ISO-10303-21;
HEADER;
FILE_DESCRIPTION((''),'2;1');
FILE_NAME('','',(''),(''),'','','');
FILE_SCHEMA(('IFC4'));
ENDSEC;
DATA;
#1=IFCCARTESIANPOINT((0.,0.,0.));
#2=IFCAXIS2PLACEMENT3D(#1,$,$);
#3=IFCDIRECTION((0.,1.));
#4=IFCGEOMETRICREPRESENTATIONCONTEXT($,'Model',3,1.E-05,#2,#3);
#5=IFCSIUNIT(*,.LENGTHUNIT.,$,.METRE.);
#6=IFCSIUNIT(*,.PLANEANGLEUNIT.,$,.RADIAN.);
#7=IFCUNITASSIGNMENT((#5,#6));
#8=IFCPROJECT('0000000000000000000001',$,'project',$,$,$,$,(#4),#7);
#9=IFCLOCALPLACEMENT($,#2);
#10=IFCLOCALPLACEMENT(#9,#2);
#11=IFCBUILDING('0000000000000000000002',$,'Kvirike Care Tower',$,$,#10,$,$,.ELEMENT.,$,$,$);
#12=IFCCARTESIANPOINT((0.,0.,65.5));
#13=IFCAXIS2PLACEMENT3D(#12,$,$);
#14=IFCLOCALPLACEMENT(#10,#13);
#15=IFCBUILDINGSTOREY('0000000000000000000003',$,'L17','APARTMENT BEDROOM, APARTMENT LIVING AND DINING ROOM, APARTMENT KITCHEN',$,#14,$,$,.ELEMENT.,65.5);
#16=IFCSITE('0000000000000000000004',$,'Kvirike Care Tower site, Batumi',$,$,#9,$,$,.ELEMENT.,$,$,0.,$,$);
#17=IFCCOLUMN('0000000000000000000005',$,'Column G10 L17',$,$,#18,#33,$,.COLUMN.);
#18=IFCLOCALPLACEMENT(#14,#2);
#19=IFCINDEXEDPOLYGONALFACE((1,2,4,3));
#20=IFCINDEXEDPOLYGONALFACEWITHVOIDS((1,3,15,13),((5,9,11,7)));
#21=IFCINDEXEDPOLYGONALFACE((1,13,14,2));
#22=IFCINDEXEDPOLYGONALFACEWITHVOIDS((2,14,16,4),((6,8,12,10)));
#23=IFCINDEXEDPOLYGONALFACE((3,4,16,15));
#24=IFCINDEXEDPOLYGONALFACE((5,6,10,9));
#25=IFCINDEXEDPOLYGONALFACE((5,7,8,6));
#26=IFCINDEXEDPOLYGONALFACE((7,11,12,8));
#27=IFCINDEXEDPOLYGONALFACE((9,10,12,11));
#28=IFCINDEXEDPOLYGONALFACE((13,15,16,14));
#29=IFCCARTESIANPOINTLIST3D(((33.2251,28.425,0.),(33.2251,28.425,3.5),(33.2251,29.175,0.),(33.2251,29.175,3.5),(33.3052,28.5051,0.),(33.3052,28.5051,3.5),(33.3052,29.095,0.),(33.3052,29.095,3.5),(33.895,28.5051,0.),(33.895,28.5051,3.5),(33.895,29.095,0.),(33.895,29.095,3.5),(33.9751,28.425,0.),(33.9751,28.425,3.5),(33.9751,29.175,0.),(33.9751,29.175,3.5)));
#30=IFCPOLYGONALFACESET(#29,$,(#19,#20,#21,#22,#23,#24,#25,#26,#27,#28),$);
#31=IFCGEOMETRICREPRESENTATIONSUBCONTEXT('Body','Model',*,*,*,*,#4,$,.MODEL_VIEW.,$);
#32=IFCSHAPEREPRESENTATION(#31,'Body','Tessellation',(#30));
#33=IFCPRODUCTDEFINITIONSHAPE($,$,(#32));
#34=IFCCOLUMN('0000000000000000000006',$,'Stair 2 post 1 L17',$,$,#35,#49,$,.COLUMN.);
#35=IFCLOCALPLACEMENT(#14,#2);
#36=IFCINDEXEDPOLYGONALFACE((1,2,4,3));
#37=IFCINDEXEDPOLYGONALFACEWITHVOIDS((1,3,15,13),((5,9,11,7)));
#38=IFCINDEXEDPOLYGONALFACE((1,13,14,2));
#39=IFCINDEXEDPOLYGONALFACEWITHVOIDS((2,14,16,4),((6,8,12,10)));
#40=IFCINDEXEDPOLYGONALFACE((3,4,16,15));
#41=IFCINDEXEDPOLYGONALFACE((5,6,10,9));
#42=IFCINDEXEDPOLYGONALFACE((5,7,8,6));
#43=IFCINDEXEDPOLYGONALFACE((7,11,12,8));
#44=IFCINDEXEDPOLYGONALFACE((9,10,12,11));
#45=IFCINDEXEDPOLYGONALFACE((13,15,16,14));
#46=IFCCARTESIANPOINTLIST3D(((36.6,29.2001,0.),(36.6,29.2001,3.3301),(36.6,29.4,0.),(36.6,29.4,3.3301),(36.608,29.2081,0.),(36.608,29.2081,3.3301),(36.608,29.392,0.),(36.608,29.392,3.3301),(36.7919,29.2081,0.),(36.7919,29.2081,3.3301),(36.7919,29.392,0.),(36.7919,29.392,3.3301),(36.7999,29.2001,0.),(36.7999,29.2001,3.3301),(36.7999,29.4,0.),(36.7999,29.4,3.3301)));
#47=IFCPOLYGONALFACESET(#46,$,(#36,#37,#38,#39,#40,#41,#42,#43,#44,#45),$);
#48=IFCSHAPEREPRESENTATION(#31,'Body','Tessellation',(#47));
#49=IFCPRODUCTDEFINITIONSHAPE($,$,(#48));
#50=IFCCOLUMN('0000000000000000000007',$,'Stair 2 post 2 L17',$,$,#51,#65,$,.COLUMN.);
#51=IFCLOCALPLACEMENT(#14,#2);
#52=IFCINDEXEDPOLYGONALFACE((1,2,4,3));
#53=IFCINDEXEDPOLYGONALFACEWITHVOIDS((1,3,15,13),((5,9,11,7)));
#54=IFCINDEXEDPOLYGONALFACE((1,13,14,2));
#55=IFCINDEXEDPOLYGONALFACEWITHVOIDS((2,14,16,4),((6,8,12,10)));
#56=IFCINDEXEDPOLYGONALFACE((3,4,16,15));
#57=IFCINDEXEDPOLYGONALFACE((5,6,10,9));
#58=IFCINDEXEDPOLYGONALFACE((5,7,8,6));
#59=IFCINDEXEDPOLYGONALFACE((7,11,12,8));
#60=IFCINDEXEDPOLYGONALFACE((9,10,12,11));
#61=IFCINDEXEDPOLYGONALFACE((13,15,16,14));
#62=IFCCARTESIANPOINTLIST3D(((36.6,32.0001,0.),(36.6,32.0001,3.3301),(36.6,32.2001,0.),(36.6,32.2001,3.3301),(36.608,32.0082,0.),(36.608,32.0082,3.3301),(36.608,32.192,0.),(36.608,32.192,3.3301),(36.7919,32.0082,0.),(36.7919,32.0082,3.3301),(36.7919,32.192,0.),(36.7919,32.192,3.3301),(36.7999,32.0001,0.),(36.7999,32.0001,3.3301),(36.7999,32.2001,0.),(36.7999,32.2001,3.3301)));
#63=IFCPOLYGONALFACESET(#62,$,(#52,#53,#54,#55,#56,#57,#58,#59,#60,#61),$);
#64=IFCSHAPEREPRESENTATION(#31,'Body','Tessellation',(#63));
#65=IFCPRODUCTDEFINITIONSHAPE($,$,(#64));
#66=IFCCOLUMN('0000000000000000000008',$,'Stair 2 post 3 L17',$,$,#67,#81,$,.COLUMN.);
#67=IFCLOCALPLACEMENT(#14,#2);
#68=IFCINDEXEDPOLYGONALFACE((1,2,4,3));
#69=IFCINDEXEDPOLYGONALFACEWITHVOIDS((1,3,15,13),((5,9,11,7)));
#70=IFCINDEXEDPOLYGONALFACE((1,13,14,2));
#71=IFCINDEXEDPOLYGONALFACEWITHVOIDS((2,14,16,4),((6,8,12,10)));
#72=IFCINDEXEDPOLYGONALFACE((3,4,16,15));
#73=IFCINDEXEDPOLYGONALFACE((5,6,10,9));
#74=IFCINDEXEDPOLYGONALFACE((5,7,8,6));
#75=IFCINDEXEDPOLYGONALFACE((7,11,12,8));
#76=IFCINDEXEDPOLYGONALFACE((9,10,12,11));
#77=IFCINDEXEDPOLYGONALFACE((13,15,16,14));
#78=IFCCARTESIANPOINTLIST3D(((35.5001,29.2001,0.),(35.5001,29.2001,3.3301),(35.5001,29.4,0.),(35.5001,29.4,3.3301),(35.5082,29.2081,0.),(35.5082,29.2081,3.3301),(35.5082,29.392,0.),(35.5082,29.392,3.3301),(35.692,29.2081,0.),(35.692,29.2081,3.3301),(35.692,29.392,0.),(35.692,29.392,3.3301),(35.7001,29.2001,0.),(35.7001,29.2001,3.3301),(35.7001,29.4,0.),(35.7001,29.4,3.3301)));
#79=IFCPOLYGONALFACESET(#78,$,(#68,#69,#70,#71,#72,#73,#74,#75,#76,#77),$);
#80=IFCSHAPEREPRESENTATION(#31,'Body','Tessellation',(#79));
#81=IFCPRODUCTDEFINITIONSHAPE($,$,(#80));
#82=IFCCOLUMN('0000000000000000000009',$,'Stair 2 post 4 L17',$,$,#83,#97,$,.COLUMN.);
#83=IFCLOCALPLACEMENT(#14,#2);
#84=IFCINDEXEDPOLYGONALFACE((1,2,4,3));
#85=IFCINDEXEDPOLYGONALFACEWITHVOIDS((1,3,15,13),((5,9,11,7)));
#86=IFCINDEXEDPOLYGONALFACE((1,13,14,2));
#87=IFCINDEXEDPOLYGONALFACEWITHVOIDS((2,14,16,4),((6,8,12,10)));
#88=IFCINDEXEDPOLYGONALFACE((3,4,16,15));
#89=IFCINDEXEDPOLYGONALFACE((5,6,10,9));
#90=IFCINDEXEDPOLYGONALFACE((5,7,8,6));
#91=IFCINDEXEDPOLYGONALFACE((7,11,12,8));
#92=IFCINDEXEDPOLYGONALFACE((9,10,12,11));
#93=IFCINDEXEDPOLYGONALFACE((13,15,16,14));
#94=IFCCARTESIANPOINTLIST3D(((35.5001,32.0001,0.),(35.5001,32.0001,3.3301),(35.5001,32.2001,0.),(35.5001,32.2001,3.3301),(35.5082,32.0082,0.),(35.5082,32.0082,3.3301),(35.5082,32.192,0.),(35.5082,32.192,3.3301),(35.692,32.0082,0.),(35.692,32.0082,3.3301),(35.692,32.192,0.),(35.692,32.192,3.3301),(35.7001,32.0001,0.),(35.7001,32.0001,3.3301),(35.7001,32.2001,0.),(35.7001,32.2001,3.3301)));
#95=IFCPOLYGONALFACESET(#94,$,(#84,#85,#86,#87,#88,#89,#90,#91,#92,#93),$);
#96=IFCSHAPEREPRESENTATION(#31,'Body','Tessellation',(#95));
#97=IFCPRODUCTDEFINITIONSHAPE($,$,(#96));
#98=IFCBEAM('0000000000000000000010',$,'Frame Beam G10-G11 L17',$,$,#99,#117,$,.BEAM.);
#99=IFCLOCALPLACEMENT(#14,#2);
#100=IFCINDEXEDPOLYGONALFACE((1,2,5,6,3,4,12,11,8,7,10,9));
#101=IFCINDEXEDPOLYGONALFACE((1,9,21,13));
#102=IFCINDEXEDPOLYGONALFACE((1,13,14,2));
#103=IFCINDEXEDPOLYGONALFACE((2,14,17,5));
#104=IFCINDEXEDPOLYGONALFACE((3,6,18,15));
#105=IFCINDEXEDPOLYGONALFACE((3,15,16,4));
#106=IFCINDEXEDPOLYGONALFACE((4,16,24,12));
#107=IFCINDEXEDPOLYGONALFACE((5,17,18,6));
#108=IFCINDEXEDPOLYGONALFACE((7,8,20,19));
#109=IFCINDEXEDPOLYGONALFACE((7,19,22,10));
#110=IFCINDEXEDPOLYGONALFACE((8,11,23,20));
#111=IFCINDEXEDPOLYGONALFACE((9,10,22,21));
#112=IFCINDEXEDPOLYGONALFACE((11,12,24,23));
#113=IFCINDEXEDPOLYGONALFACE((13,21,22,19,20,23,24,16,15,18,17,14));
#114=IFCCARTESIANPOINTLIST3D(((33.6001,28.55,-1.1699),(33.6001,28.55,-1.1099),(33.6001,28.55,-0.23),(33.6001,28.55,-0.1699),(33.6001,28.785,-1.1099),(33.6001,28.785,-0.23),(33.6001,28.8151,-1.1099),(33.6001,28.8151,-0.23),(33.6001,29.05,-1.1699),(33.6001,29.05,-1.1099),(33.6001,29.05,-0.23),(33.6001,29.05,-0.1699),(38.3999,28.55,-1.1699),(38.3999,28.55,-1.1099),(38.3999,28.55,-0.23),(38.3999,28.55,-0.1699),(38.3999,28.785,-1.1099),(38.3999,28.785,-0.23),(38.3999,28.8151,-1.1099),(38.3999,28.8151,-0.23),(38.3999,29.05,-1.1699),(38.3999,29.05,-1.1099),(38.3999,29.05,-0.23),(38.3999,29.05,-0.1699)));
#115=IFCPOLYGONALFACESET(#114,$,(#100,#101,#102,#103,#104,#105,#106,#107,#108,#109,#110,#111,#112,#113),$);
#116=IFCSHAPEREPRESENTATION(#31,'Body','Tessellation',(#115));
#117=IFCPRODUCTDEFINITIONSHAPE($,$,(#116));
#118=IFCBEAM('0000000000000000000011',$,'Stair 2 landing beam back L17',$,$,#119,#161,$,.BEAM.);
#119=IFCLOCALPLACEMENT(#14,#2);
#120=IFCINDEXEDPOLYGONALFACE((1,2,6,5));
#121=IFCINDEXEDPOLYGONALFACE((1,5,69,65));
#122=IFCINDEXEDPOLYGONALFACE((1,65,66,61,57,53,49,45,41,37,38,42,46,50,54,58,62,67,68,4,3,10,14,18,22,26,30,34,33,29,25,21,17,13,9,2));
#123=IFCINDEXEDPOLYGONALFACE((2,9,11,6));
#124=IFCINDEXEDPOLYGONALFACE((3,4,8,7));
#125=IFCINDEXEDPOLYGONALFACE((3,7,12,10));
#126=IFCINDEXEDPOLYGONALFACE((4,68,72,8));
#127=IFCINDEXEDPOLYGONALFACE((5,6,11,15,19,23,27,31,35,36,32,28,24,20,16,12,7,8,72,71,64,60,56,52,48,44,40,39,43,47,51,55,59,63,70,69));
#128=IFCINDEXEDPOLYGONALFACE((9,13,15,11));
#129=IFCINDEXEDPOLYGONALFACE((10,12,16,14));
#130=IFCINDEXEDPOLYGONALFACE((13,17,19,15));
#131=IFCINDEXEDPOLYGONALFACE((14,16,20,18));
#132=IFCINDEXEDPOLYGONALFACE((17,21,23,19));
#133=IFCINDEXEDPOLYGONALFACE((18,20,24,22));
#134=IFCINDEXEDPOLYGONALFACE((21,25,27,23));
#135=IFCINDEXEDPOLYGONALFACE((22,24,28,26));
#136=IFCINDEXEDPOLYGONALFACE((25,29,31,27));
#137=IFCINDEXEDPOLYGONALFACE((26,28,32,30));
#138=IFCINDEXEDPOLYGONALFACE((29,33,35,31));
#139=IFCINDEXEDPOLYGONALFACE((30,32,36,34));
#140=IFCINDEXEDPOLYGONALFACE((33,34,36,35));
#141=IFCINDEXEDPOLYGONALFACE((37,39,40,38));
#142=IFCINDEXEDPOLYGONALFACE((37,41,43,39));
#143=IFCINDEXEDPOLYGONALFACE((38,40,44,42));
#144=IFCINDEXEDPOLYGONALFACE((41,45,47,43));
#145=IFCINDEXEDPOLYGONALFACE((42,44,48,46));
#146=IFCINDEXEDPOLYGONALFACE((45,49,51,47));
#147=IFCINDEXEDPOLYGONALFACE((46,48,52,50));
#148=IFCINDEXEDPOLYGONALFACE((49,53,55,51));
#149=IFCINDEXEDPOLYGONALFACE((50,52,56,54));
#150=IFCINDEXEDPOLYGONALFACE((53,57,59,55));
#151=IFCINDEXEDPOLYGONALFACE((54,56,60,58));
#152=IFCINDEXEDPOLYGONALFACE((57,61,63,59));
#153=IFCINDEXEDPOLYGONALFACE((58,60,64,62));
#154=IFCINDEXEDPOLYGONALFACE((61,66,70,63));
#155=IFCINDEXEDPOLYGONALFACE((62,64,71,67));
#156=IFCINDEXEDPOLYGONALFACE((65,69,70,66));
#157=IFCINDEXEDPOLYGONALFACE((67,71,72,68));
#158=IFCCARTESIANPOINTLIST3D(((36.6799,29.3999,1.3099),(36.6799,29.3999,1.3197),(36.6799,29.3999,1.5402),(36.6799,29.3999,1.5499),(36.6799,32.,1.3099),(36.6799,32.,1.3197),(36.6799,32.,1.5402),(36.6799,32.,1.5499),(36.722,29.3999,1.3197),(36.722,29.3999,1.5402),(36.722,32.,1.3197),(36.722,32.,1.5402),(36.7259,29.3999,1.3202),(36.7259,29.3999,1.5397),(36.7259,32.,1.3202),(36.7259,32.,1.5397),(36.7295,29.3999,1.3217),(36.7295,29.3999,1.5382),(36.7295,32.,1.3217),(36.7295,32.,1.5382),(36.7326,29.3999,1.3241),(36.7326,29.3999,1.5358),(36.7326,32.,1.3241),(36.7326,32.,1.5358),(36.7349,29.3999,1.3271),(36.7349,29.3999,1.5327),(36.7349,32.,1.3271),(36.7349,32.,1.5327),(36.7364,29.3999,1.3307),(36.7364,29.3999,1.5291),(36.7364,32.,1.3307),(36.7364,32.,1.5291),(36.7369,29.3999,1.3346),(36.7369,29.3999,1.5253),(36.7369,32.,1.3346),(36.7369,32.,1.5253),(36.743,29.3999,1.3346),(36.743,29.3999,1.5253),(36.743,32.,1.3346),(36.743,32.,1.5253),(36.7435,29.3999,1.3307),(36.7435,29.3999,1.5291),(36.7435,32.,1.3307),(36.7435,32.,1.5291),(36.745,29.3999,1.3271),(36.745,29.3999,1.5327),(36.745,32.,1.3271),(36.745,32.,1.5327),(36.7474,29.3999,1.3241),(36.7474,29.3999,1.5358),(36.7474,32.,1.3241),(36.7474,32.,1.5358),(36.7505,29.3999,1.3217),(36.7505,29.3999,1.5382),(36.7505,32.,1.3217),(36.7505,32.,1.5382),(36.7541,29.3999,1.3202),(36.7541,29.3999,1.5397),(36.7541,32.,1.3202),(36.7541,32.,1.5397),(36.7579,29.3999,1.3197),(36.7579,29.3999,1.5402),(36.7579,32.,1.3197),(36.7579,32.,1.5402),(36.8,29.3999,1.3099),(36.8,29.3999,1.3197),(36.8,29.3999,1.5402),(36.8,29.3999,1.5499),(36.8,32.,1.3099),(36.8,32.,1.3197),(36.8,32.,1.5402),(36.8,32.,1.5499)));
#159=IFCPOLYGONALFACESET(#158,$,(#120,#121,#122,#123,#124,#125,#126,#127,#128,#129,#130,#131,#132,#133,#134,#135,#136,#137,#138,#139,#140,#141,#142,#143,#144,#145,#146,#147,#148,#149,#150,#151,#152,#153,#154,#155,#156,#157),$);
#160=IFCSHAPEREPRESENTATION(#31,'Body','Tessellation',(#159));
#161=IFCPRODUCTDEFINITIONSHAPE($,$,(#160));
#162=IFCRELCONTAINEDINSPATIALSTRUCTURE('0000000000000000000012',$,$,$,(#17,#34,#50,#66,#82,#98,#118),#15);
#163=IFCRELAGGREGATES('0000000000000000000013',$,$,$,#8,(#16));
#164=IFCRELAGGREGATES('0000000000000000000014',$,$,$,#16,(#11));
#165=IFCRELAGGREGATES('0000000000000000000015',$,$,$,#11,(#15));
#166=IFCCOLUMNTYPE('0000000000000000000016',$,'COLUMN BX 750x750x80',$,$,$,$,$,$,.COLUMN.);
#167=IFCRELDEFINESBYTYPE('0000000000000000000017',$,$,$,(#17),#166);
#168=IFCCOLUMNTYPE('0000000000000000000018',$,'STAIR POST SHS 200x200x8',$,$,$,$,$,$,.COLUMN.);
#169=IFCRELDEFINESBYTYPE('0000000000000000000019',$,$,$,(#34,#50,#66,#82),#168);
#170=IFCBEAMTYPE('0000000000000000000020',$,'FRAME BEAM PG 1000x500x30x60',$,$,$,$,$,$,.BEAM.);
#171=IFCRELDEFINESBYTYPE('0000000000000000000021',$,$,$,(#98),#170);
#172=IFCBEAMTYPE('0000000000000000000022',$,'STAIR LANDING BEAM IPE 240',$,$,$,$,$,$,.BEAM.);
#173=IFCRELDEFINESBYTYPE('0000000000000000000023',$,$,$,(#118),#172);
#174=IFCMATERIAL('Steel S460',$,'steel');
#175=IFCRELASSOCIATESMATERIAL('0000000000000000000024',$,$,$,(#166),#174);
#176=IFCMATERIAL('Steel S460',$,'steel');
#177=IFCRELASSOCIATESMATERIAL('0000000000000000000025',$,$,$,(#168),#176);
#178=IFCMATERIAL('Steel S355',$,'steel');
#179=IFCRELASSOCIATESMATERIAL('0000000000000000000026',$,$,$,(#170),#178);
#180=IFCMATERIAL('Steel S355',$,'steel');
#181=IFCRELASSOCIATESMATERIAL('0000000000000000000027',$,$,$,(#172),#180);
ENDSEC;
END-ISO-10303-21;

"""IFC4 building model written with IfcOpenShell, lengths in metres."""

from ifc_helpers import new_model, si_unit, direction, frame, origin, origin_2d, place, context, subcontext, project, spatial, hollow_rectangle, i_section, extrude, material, material_profile, profile_set, type_object, element, save


model = new_model("IFC4")

# Units and contexts
model_context = context("Model", 3, precision=1e-05, world=origin(), true_north=direction((0.0, 1.0)))
body_context = subcontext(model_context, "Body", "Model", "MODEL_VIEW")
ifc_project = project(units=[si_unit("LENGTHUNIT", "METRE"), si_unit("PLANEANGLEUNIT", "RADIAN")], contexts=[model_context])

# Site, building, storey
site_placement = place(None, origin())
site = spatial("IfcSite", under=ifc_project, at=site_placement, Name="Kvirike Care Tower site, Batumi", CompositionType="ELEMENT", RefElevation=0.0)
building_placement = place(site_placement, origin())
building = spatial("IfcBuilding", under=site, at=building_placement, Name="Kvirike Care Tower", CompositionType="ELEMENT")
storey_placement = place(building_placement, frame((0.0, 0.0, 65.5)))
storey = spatial("IfcBuildingStorey", under=building, at=storey_placement, Name="L17", Description="APARTMENT BEDROOM, APARTMENT LIVING AND DINING ROOM, APARTMENT KITCHEN", CompositionType="ELEMENT", Elevation=65.5)

# Columns
ifc_material_1 = material(Name="Steel S460", Category="steel")
ifc_material_profile_1 = material_profile(ifc_material_1, hollow_rectangle(XDim=0.75, YDim=0.75, WallThickness=0.0801, at=origin_2d()), Name="BX 750x750x80")
ifc_profile_set_1 = profile_set([ifc_material_profile_1], Name="Steel S460")
column_type_1 = type_object("IfcColumnType", Name="COLUMN BX 750x750x80", PredefinedType="COLUMN", material=ifc_profile_set_1)
column_placement = place(storey_placement, frame((33.6001, 28.8, 0.0), z_axis=(0.0, 0.0, 1.0), x_axis=(0.0, 1.0, 0.0)))
element("IfcColumn", 1, at=column_placement, inside=storey, type_object=column_type_1, Name="Column G10 L17", PredefinedType="COLUMN", context=body_context, shape_type="SweptSolid", body=[
    extrude(hollow_rectangle(XDim=0.75, YDim=0.75, WallThickness=0.0801, at=origin_2d()), origin(), (0.0, 0.0, 1.0), 3.5),
])
ifc_material_2 = material(Name="Steel S460", Category="steel")
ifc_material_profile_2 = material_profile(ifc_material_2, hollow_rectangle(XDim=0.2, YDim=0.2, WallThickness=0.0081, at=origin_2d()), Name="SHS 200x200x8")
ifc_profile_set_2 = profile_set([ifc_material_profile_2], Name="Steel S460")
column_type_2 = type_object("IfcColumnType", Name="STAIR POST SHS 200x200x8", PredefinedType="COLUMN", material=ifc_profile_set_2)
for number, where, z_axis, x_axis, name in (
    (2, (36.7, 29.3, 0.0), (0.0, 0.0, 1.0), (1.0, 0.0, 0.0), "Stair 2 post 1 L17"),
    (3, (36.7, 32.1001, 0.0), (0.0, 0.0, 1.0), (1.0, 0.0, 0.0), "Stair 2 post 2 L17"),
    (4, (35.6001, 29.3, 0.0), (0.0, 0.0, 1.0), (1.0, 0.0, 0.0), "Stair 2 post 3 L17"),
    (5, (35.6001, 32.1001, 0.0), (0.0, 0.0, 1.0), (1.0, 0.0, 0.0), "Stair 2 post 4 L17"),
):
    element("IfcColumn", number, at=place(storey_placement, frame(where, z_axis=z_axis, x_axis=x_axis)), inside=storey, type_object=column_type_2, Name=name, PredefinedType="COLUMN", context=body_context, shape_type="SweptSolid", body=[
        extrude(hollow_rectangle(XDim=0.2, YDim=0.2, WallThickness=0.0081, at=origin_2d()), origin(), (0.0, 0.0, 1.0), 3.3301),
    ])

# Beams
ifc_material_3 = material(Name="Steel S355", Category="steel")
ifc_material_profile_3 = material_profile(ifc_material_3, i_section(OverallWidth=0.5, OverallDepth=1.0, WebThickness=0.03, FlangeThickness=0.0601, at=origin_2d()), Name="PG 1000x500x30x60")
ifc_profile_set_3 = profile_set([ifc_material_profile_3], Name="Steel S355")
beam_type_1 = type_object("IfcBeamType", Name="FRAME BEAM PG 1000x500x30x60", PredefinedType="BEAM", material=ifc_profile_set_3)
beam_placement = place(storey_placement, frame((33.6001, 28.8, -0.6699), z_axis=(1.0, 0.0, 0.0), x_axis=(0.0, 1.0, 0.0)))
element("IfcBeam", 6, at=beam_placement, inside=storey, type_object=beam_type_1, Name="Frame Beam G10-G11 L17", PredefinedType="BEAM", context=body_context, shape_type="SweptSolid", body=[
    extrude(i_section(OverallWidth=0.5, OverallDepth=1.0, WebThickness=0.03, FlangeThickness=0.0601, at=origin_2d()), origin(), (0.0, 0.0, 1.0), 4.7998),
])
ifc_material_4 = material(Name="Steel S355", Category="steel")
ifc_material_profile_4 = material_profile(ifc_material_4, i_section(OverallWidth=0.1201, OverallDepth=0.24, WebThickness=0.0061, FlangeThickness=0.0098, FilletRadius=0.0149, at=origin_2d()), Name="IPE 240")
ifc_profile_set_4 = profile_set([ifc_material_profile_4], Name="Steel S355")
beam_type_2 = type_object("IfcBeamType", Name="STAIR LANDING BEAM IPE 240", PredefinedType="BEAM", material=ifc_profile_set_4)
for number, where, z_axis, x_axis, name in (
    (7, (36.74, 29.3999, 1.4299), (0.0, 1.0, 0.0), (-1.0, 0.0, 0.0), "Stair 2 landing beam back L17"),
):
    element("IfcBeam", number, at=place(storey_placement, frame(where, z_axis=z_axis, x_axis=x_axis)), inside=storey, type_object=beam_type_2, Name=name, PredefinedType="BEAM", context=body_context, shape_type="SweptSolid", body=[
        extrude(i_section(OverallWidth=0.1201, OverallDepth=0.24, WebThickness=0.0061, FlangeThickness=0.0098, FilletRadius=0.0149, at=origin_2d()), origin(), (0.0, 0.0, 1.0), 2.6001),
    ])

save(model, "model.ifc")
